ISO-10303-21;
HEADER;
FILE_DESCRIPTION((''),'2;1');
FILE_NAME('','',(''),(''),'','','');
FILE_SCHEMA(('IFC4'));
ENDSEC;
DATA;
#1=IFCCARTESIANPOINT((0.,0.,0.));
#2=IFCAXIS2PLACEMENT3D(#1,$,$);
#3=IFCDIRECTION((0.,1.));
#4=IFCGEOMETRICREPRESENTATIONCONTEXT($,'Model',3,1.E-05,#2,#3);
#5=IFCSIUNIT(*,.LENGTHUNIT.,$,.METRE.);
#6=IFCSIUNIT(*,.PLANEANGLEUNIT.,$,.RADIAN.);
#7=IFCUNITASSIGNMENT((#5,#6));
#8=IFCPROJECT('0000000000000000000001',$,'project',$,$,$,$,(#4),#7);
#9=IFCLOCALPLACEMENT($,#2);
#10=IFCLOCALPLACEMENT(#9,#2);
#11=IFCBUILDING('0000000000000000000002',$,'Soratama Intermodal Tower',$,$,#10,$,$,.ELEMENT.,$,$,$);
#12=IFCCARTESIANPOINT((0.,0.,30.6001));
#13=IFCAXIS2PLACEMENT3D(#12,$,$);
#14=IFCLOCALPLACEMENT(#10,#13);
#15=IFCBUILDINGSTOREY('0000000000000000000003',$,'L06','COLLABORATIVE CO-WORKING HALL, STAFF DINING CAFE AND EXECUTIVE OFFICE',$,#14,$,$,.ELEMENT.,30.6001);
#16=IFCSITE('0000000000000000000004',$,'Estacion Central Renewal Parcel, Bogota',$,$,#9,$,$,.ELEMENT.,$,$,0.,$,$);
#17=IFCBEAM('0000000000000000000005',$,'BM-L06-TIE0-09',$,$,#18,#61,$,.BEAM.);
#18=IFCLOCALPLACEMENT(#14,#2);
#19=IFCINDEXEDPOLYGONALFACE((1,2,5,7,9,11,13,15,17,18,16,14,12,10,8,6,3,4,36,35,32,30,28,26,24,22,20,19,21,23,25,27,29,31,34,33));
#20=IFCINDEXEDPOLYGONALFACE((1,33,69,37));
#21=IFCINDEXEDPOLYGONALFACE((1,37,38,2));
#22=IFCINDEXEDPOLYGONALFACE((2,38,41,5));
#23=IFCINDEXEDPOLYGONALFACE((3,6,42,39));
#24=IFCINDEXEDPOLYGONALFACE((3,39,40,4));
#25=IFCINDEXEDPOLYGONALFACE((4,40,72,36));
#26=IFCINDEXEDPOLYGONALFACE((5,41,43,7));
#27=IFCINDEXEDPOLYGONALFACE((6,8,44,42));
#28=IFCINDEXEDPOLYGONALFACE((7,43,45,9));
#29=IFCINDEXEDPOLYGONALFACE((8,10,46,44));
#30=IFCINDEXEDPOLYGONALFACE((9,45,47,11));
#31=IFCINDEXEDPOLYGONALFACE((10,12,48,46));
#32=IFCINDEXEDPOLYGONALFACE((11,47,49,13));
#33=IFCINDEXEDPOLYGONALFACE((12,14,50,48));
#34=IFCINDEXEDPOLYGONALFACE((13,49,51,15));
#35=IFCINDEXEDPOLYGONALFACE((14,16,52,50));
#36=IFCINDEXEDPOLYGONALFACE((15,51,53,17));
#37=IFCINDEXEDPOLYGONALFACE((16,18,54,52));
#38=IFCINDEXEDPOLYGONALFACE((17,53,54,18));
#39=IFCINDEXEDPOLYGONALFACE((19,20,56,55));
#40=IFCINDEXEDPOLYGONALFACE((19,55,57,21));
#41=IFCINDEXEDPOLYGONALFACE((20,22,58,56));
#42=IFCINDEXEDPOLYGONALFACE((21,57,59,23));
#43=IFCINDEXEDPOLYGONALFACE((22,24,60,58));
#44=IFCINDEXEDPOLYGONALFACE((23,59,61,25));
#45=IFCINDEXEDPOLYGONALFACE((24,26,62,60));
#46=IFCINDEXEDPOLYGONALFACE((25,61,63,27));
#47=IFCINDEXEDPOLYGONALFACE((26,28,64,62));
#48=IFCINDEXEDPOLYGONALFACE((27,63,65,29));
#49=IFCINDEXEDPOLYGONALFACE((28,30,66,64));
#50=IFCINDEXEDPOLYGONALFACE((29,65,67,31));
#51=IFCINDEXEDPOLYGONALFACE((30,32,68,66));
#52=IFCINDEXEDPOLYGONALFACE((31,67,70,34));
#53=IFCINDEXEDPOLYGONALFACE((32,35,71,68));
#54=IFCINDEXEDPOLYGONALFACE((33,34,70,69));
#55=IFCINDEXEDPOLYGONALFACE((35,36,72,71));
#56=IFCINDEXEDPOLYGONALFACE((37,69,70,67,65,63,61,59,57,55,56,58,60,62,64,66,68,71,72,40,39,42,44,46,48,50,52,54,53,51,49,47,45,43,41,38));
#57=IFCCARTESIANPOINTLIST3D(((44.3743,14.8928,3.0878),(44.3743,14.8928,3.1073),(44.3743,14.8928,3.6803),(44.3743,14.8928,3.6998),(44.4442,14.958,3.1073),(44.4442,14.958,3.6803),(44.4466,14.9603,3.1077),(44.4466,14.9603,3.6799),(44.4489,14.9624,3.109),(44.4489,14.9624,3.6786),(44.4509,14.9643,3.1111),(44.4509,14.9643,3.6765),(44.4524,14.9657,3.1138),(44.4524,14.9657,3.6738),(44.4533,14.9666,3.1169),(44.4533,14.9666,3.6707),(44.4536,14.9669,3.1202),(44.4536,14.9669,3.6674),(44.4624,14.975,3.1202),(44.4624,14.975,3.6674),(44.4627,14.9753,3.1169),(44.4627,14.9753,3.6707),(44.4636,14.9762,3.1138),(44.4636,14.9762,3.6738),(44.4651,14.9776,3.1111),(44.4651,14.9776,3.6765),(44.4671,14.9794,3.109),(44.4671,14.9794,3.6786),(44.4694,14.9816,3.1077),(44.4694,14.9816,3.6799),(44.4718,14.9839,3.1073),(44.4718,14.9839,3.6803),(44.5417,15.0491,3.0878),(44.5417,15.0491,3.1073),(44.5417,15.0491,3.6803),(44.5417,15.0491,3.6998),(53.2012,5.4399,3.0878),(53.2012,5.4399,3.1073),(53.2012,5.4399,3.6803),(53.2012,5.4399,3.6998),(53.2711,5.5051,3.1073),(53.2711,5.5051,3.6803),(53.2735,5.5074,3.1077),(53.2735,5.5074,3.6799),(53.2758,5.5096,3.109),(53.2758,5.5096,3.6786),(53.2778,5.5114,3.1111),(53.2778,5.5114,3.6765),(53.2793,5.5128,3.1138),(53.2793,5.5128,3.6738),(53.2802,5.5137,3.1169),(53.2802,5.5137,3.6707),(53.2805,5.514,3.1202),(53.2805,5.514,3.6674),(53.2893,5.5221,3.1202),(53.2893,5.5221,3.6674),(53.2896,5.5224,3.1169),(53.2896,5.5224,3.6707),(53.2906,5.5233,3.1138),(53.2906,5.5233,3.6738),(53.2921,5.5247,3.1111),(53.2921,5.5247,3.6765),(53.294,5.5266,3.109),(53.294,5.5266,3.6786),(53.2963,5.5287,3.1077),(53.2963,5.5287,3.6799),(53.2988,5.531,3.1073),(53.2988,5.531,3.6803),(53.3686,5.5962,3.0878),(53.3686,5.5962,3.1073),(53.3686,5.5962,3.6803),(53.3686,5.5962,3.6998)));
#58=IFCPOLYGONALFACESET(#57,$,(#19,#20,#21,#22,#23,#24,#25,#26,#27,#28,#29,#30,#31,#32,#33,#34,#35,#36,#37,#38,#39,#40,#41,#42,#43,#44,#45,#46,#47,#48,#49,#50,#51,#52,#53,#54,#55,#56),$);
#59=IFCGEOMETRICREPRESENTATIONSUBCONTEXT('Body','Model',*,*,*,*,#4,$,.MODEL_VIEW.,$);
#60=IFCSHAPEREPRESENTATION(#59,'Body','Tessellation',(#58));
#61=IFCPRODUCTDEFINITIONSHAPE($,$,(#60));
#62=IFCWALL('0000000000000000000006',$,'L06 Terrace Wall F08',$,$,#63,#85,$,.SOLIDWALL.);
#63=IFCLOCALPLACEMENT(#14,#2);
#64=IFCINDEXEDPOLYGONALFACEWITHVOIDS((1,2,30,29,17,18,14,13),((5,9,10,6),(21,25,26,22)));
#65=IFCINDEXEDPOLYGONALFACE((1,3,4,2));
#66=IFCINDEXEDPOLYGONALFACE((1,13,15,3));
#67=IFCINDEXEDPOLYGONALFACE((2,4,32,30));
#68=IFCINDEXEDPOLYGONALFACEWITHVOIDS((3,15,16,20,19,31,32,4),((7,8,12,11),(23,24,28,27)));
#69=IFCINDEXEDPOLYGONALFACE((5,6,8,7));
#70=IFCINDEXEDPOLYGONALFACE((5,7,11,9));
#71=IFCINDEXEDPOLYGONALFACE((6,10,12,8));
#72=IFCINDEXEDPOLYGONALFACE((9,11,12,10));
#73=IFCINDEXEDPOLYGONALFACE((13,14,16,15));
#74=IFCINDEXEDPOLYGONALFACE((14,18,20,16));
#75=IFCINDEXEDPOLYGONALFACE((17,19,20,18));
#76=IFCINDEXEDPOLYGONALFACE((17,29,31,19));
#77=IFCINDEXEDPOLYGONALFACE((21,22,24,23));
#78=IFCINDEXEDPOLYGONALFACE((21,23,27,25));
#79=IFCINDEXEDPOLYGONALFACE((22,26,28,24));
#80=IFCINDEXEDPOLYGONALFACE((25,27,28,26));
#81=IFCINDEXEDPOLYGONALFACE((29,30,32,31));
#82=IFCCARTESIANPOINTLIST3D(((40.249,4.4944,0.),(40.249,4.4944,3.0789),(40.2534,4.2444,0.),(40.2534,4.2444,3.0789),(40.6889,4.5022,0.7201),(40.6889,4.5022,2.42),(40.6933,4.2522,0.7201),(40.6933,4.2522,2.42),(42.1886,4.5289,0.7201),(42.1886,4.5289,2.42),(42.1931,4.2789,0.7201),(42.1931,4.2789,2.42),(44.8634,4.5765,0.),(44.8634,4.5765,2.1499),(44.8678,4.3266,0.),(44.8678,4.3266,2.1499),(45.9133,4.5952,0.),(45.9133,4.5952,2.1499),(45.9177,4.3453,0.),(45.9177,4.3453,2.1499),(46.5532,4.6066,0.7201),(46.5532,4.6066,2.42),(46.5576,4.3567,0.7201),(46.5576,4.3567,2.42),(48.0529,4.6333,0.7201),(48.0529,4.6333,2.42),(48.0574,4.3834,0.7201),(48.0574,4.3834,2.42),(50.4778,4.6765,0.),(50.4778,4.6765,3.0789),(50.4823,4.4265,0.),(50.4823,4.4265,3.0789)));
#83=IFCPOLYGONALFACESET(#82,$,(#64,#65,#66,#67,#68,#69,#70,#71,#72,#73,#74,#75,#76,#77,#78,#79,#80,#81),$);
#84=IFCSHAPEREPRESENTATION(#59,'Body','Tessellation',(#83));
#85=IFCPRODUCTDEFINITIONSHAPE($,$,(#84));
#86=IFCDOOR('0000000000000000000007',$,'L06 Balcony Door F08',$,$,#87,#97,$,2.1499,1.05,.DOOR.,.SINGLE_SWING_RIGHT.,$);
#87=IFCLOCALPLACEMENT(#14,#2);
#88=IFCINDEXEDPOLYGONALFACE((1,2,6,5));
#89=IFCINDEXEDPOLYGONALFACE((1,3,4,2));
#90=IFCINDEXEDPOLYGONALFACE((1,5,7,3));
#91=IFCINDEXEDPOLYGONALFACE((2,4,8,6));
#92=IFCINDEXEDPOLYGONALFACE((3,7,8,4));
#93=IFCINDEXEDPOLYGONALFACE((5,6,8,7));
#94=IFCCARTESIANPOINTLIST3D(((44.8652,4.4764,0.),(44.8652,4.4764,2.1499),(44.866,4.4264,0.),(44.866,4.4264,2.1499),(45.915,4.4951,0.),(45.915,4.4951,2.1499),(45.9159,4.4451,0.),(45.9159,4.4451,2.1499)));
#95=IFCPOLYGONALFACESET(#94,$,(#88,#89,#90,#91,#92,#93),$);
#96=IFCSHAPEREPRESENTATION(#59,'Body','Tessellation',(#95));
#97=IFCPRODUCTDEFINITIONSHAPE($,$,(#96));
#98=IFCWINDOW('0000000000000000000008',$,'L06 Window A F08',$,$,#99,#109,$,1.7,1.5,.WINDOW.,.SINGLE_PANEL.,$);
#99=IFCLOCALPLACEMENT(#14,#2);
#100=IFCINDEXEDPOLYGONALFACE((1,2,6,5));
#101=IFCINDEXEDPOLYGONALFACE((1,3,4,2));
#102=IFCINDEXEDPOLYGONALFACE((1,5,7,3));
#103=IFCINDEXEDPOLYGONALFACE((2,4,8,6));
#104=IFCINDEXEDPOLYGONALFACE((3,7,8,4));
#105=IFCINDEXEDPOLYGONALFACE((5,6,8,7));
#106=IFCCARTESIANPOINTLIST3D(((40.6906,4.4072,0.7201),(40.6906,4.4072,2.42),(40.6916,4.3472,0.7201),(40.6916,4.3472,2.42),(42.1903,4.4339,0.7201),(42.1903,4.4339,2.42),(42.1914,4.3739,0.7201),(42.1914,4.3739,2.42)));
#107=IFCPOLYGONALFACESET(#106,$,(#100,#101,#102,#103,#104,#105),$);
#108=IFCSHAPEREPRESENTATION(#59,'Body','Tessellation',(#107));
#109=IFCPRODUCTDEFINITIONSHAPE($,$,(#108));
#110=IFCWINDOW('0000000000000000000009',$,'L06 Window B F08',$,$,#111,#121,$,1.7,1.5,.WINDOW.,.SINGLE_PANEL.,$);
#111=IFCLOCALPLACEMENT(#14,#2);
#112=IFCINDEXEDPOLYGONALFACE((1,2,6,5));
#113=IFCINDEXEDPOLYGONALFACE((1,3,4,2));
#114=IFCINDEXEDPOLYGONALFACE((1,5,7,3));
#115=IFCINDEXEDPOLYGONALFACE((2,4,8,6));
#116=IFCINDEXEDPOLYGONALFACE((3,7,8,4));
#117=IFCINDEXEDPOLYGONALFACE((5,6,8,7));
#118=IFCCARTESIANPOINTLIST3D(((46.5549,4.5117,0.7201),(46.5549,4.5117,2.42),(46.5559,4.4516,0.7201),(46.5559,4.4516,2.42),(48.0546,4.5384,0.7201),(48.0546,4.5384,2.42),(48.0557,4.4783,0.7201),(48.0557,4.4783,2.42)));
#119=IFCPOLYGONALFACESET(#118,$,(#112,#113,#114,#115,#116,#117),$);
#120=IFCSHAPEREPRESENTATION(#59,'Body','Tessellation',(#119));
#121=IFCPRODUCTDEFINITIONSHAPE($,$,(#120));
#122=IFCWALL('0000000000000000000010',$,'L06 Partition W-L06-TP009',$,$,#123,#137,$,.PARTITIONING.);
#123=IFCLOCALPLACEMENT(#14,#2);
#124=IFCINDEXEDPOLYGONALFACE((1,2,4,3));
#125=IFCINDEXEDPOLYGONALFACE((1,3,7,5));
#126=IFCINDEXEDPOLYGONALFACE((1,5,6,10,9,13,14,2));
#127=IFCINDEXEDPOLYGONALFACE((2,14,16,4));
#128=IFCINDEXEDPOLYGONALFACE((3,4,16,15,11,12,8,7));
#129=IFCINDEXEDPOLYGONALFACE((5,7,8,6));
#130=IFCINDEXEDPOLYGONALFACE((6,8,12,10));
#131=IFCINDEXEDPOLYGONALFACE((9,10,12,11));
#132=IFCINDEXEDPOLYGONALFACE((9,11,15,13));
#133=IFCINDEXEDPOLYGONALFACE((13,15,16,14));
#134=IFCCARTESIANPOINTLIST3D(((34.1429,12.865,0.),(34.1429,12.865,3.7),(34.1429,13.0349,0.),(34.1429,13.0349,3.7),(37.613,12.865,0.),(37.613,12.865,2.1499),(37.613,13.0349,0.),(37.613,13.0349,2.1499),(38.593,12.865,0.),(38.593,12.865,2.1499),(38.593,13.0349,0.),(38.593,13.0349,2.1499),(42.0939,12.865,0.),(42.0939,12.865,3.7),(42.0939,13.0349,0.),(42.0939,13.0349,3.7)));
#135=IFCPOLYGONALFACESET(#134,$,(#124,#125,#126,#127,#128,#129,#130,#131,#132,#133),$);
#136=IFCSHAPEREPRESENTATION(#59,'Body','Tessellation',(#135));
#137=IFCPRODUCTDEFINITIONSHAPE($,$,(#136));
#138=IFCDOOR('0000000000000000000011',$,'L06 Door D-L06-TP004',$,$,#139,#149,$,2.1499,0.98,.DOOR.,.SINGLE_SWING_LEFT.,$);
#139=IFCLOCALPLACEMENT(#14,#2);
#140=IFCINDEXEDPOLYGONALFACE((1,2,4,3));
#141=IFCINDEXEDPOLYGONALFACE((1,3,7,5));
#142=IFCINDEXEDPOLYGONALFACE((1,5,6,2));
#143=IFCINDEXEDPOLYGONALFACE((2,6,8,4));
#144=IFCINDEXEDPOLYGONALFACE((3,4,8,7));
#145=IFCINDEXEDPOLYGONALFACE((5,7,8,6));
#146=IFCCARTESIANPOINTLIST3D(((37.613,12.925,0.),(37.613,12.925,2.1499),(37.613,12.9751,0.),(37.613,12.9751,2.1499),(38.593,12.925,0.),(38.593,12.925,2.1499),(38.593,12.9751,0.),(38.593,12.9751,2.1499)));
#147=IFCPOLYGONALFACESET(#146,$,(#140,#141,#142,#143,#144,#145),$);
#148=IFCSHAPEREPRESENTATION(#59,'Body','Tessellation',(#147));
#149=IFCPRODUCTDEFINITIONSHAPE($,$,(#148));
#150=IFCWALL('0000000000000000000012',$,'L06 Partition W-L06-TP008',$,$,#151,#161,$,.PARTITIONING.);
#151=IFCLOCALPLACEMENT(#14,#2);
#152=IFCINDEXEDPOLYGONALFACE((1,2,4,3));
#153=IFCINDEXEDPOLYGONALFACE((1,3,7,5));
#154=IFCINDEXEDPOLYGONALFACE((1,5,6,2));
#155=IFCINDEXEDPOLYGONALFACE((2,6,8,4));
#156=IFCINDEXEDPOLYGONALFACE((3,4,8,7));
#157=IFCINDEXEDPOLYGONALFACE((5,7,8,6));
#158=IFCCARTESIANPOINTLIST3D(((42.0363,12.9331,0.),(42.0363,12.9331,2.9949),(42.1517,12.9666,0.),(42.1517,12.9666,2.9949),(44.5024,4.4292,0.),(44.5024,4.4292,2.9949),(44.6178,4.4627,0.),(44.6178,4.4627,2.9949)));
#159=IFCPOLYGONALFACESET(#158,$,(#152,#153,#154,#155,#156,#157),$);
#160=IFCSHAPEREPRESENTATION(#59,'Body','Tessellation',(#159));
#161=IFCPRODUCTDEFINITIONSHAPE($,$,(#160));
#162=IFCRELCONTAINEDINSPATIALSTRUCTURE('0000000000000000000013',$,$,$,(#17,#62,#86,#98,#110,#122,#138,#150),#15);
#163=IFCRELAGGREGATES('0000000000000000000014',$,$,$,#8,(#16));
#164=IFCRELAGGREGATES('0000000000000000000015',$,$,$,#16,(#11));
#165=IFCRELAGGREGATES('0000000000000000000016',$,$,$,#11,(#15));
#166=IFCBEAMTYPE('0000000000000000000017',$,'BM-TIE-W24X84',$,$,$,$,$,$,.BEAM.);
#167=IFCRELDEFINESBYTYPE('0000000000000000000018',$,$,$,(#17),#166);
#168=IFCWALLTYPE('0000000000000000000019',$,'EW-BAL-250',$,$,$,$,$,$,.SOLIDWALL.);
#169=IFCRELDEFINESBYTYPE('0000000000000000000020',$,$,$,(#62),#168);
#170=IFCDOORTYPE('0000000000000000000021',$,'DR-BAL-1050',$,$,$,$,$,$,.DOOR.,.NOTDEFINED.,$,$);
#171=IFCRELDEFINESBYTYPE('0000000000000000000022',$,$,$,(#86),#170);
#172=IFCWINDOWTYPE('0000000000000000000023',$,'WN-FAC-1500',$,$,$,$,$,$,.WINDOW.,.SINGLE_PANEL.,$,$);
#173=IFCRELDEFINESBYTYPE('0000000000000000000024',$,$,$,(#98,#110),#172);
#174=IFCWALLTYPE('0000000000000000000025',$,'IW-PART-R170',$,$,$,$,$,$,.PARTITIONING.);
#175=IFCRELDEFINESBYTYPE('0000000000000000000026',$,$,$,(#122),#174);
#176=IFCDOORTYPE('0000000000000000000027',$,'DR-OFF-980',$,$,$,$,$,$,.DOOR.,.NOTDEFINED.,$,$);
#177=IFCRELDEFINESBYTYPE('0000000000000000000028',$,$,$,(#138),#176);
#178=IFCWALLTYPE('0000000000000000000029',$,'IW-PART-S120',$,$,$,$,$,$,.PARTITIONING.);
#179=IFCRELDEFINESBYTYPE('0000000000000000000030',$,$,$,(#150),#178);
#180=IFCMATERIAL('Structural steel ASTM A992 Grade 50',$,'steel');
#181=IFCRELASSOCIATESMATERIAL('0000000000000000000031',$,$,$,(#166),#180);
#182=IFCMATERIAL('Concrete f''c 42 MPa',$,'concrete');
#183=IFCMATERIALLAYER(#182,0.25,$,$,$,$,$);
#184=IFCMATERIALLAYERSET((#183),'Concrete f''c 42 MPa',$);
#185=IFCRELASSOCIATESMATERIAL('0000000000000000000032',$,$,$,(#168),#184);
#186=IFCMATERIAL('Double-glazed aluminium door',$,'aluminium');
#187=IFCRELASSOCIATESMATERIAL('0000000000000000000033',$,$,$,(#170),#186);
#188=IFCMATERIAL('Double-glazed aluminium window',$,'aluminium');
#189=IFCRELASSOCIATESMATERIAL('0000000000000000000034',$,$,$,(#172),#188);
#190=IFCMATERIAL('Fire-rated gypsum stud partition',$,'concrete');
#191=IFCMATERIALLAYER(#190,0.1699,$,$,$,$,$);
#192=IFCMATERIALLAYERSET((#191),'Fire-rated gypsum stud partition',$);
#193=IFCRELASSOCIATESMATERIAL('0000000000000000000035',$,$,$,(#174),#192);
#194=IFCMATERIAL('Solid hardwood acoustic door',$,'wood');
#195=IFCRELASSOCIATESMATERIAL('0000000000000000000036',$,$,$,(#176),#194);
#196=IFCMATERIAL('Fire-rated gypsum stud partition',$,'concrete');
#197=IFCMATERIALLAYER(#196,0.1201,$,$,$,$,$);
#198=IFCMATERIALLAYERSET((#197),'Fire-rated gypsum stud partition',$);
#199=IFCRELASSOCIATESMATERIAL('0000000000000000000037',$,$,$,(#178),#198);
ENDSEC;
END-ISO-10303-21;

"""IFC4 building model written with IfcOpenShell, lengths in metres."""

from ifc_helpers import new_model, si_unit, direction, frame, frame_2d, origin, origin_2d, place, context, subcontext, project, spatial, rectangle, i_section, extrude, material, layer, layer_set, material_profile, profile_set, type_object, element, fill, save


model = new_model("IFC4")

# Units and contexts
model_context = context("Model", 3, precision=1e-05, world=origin(), true_north=direction((0.0, 1.0)))
body_context = subcontext(model_context, "Body", "Model", "MODEL_VIEW")
ifc_project = project(units=[si_unit("LENGTHUNIT", "METRE"), si_unit("PLANEANGLEUNIT", "RADIAN")], contexts=[model_context])

# Site, building, storey
site_placement = place(None, origin())
site = spatial("IfcSite", under=ifc_project, at=site_placement, Name="Estacion Central Renewal Parcel, Bogota", CompositionType="ELEMENT", RefElevation=0.0)
building_placement = place(site_placement, origin())
building = spatial("IfcBuilding", under=site, at=building_placement, Name="Soratama Intermodal Tower", CompositionType="ELEMENT")
storey_placement = place(building_placement, frame((0.0, 0.0, 30.6001)))
storey = spatial("IfcBuildingStorey", under=building, at=storey_placement, Name="L06", Description="COLLABORATIVE CO-WORKING HALL, STAFF DINING CAFE AND EXECUTIVE OFFICE", CompositionType="ELEMENT", Elevation=30.6001)

# Beam
ifc_material_1 = material(Name="Structural steel ASTM A992 Grade 50", Category="steel")
ifc_material_profile_1 = material_profile(ifc_material_1, i_section(OverallWidth=0.229, OverallDepth=0.6121, WebThickness=0.012, FlangeThickness=0.0195, FilletRadius=0.0129, at=origin_2d()), Name="W24X84")
ifc_profile_set_1 = profile_set([ifc_material_profile_1], Name="Structural steel ASTM A992 Grade 50")
beam_type_1 = type_object("IfcBeamType", Name="BM-TIE-W24X84", PredefinedType="BEAM", material=ifc_profile_set_1)
beam_1_placement = place(storey_placement, frame((44.458, 14.9709, 3.3938), z_axis=(0.682492, -0.730893, 0.0), x_axis=(0.730893, 0.682492, 0.0)))
element("IfcBeam", 1, at=beam_1_placement, inside=storey, type_object=beam_type_1, Name="BM-L06-TIE0-09", PredefinedType="BEAM", context=body_context, shape_type="SweptSolid", body=[
    extrude(i_section(OverallWidth=0.229, OverallDepth=0.6121, WebThickness=0.012, FlangeThickness=0.0195, FilletRadius=0.0129, at=origin_2d()), origin(), (0.0, 0.0, 1.0), 12.9333),
])

# Wall, openings, door, windows
ifc_material_2 = material(Name="Concrete f'c 42 MPa", Category="concrete")
ifc_layer_1 = layer(ifc_material_2, 0.25)
ifc_layer_set_1 = layer_set([ifc_layer_1], Name="Concrete f'c 42 MPa")
wall_type_1 = type_object("IfcWallType", Name="EW-BAL-250", PredefinedType="SOLIDWALL", material=ifc_layer_set_1)
wall_1_placement = place(storey_placement, frame((40.2512, 4.3694, 0.0), z_axis=(0.0, 0.0, 1.0), x_axis=(0.999842, 0.017803, 0.0)))
wall_1 = element("IfcWall", 2, at=wall_1_placement, inside=storey, type_object=wall_type_1, Name="L06 Terrace Wall F08", PredefinedType="SOLIDWALL", context=body_context, shape_type="SweptSolid", body=[
    extrude(rectangle(XDim=10.2305, YDim=0.25, at=frame_2d((5.1152, 0.0))), origin(), (0.0, 0.0, 1.0), 3.0789),
])
opening_1_placement = place(wall_1_placement, frame((4.6152, 0.0, 0.0)))
opening_1 = element("IfcOpeningElement", 3, at=opening_1_placement, cuts=wall_1, PredefinedType="OPENING", context=body_context, shape_type="SweptSolid", body=[
    extrude(rectangle(XDim=1.05, YDim=2.1499, at=frame_2d((0.5249, 1.075))), frame((0.0, 0.135, 0.0), z_axis=(0.0, -1.0, 0.0), x_axis=(1.0, 0.0, 0.0)), (0.0, 0.0, 1.0), 0.27),
])
opening_2_placement = place(wall_1_placement, frame((0.4399, 0.0, 0.72)))
opening_2 = element("IfcOpeningElement", 4, at=opening_2_placement, cuts=wall_1, PredefinedType="OPENING", context=body_context, shape_type="SweptSolid", body=[
    extrude(rectangle(XDim=1.5, YDim=1.7, at=frame_2d((0.75, 0.8501))), frame((0.0, 0.135, 0.0), z_axis=(0.0, -1.0, 0.0), x_axis=(1.0, 0.0, 0.0)), (0.0, 0.0, 1.0), 0.27),
])
opening_3_placement = place(wall_1_placement, frame((6.3052, 0.0, 0.72)))
opening_3 = element("IfcOpeningElement", 5, at=opening_3_placement, cuts=wall_1, PredefinedType="OPENING", context=body_context, shape_type="SweptSolid", body=[
    extrude(rectangle(XDim=1.5, YDim=1.7, at=frame_2d((0.75, 0.8501))), frame((0.0, 0.135, 0.0), z_axis=(0.0, -1.0, 0.0), x_axis=(1.0, 0.0, 0.0)), (0.0, 0.0, 1.0), 0.27),
])
ifc_material_3 = material(Name="Double-glazed aluminium door", Category="aluminium")
door_type_1 = type_object("IfcDoorType", Name="DR-BAL-1050", OperationType="NOTDEFINED", PredefinedType="DOOR", material=ifc_material_3)
door_1_placement = place(opening_1_placement, origin())
door_1 = element("IfcDoor", 6, at=door_1_placement, inside=storey, type_object=door_type_1, Name="L06 Balcony Door F08", OperationType="SINGLE_SWING_RIGHT", OverallHeight=2.1499, OverallWidth=1.05, PredefinedType="DOOR", context=body_context, shape_type="SweptSolid", body=[
    extrude(rectangle(XDim=1.05, YDim=2.1499, at=frame_2d((0.5249, 1.075))), frame((0.0, 0.0249, 0.0), z_axis=(0.0, -1.0, 0.0), x_axis=(1.0, 0.0, 0.0)), (0.0, 0.0, 1.0), 0.05),
])
fill(opening_1, door_1)
ifc_material_4 = material(Name="Double-glazed aluminium window", Category="aluminium")
window_type = type_object("IfcWindowType", Name="WN-FAC-1500", PartitioningType="SINGLE_PANEL", PredefinedType="WINDOW", material=ifc_material_4)
window_1_placement = place(opening_2_placement, origin())
window_1 = element("IfcWindow", 7, at=window_1_placement, inside=storey, type_object=window_type, Name="L06 Window A F08", OverallHeight=1.7, OverallWidth=1.5, PartitioningType="SINGLE_PANEL", PredefinedType="WINDOW", context=body_context, shape_type="SweptSolid", body=[
    extrude(rectangle(XDim=1.5, YDim=1.7, at=frame_2d((0.75, 0.8501))), frame((0.0, 0.03, 0.0), z_axis=(0.0, -1.0, 0.0), x_axis=(1.0, 0.0, 0.0)), (0.0, 0.0, 1.0), 0.0601),
])
fill(opening_2, window_1)
window_2_placement = place(opening_3_placement, origin())
window_2 = element("IfcWindow", 8, at=window_2_placement, inside=storey, type_object=window_type, Name="L06 Window B F08", OverallHeight=1.7, OverallWidth=1.5, PartitioningType="SINGLE_PANEL", PredefinedType="WINDOW", context=body_context, shape_type="SweptSolid", body=[
    extrude(rectangle(XDim=1.5, YDim=1.7, at=frame_2d((0.75, 0.8501))), frame((0.0, 0.03, 0.0), z_axis=(0.0, -1.0, 0.0), x_axis=(1.0, 0.0, 0.0)), (0.0, 0.0, 1.0), 0.0601),
])
fill(opening_3, window_2)

# Wall, opening, door
ifc_material_5 = material(Name="Fire-rated gypsum stud partition", Category="concrete")
ifc_layer_2 = layer(ifc_material_5, 0.1699)
ifc_layer_set_2 = layer_set([ifc_layer_2], Name="Fire-rated gypsum stud partition")
wall_type_2 = type_object("IfcWallType", Name="IW-PART-R170", PredefinedType="PARTITIONING", material=ifc_layer_set_2)
wall_2_placement = place(storey_placement, frame((42.094, 12.95, 0.0), z_axis=(0.0, 0.0, 1.0), x_axis=(-1.0, 0.0, 0.0)))
wall_2 = element("IfcWall", 9, at=wall_2_placement, inside=storey, type_object=wall_type_2, Name="L06 Partition W-L06-TP009", PredefinedType="PARTITIONING", context=body_context, shape_type="SweptSolid", body=[
    extrude(rectangle(XDim=7.9509, YDim=0.1699, at=frame_2d((3.9756, 0.0))), origin(), (0.0, 0.0, 1.0), 3.7),
])
opening_4_placement = place(wall_2_placement, frame((3.501, 0.0, 0.0)))
opening_4 = element("IfcOpeningElement", 10, at=opening_4_placement, cuts=wall_2, PredefinedType="OPENING", context=body_context, shape_type="SweptSolid", body=[
    extrude(rectangle(XDim=0.98, YDim=2.1499, at=frame_2d((0.49, 1.075))), frame((0.0, 0.095, 0.0), z_axis=(0.0, -1.0, 0.0), x_axis=(1.0, 0.0, 0.0)), (0.0, 0.0, 1.0), 0.1899),
])
ifc_material_6 = material(Name="Solid hardwood acoustic door", Category="wood")
door_type_2 = type_object("IfcDoorType", Name="DR-OFF-980", OperationType="NOTDEFINED", PredefinedType="DOOR", material=ifc_material_6)
door_2_placement = place(opening_4_placement, origin())
door_2 = element("IfcDoor", 11, at=door_2_placement, inside=storey, type_object=door_type_2, Name="L06 Door D-L06-TP004", OperationType="SINGLE_SWING_LEFT", OverallHeight=2.1499, OverallWidth=0.98, PredefinedType="DOOR", context=body_context, shape_type="SweptSolid", body=[
    extrude(rectangle(XDim=0.98, YDim=2.1499, at=frame_2d((0.49, 1.075))), frame((0.0, 0.0249, 0.0), z_axis=(0.0, -1.0, 0.0), x_axis=(1.0, 0.0, 0.0)), (0.0, 0.0, 1.0), 0.05),
])
fill(opening_4, door_2)

# Wall
ifc_material_7 = material(Name="Fire-rated gypsum stud partition", Category="concrete")
ifc_layer_3 = layer(ifc_material_7, 0.1201)
ifc_layer_set_3 = layer_set([ifc_layer_3], Name="Fire-rated gypsum stud partition")
wall_type_3 = type_object("IfcWallType", Name="IW-PART-S120", PredefinedType="PARTITIONING", material=ifc_layer_set_3)
wall_3_placement = place(storey_placement, frame((42.094, 12.95, 0.0), z_axis=(0.0, 0.0, 1.0), x_axis=(0.278517, -0.960431, 0.0)))
element("IfcWall", 12, at=wall_3_placement, inside=storey, type_object=wall_type_3, Name="L06 Partition W-L06-TP008", PredefinedType="PARTITIONING", context=body_context, shape_type="SweptSolid", body=[
    extrude(rectangle(XDim=8.8542, YDim=0.1201, at=frame_2d((4.4272, 0.0))), origin(), (0.0, 0.0, 1.0), 2.9949),
])

save(model, "model.ifc")
